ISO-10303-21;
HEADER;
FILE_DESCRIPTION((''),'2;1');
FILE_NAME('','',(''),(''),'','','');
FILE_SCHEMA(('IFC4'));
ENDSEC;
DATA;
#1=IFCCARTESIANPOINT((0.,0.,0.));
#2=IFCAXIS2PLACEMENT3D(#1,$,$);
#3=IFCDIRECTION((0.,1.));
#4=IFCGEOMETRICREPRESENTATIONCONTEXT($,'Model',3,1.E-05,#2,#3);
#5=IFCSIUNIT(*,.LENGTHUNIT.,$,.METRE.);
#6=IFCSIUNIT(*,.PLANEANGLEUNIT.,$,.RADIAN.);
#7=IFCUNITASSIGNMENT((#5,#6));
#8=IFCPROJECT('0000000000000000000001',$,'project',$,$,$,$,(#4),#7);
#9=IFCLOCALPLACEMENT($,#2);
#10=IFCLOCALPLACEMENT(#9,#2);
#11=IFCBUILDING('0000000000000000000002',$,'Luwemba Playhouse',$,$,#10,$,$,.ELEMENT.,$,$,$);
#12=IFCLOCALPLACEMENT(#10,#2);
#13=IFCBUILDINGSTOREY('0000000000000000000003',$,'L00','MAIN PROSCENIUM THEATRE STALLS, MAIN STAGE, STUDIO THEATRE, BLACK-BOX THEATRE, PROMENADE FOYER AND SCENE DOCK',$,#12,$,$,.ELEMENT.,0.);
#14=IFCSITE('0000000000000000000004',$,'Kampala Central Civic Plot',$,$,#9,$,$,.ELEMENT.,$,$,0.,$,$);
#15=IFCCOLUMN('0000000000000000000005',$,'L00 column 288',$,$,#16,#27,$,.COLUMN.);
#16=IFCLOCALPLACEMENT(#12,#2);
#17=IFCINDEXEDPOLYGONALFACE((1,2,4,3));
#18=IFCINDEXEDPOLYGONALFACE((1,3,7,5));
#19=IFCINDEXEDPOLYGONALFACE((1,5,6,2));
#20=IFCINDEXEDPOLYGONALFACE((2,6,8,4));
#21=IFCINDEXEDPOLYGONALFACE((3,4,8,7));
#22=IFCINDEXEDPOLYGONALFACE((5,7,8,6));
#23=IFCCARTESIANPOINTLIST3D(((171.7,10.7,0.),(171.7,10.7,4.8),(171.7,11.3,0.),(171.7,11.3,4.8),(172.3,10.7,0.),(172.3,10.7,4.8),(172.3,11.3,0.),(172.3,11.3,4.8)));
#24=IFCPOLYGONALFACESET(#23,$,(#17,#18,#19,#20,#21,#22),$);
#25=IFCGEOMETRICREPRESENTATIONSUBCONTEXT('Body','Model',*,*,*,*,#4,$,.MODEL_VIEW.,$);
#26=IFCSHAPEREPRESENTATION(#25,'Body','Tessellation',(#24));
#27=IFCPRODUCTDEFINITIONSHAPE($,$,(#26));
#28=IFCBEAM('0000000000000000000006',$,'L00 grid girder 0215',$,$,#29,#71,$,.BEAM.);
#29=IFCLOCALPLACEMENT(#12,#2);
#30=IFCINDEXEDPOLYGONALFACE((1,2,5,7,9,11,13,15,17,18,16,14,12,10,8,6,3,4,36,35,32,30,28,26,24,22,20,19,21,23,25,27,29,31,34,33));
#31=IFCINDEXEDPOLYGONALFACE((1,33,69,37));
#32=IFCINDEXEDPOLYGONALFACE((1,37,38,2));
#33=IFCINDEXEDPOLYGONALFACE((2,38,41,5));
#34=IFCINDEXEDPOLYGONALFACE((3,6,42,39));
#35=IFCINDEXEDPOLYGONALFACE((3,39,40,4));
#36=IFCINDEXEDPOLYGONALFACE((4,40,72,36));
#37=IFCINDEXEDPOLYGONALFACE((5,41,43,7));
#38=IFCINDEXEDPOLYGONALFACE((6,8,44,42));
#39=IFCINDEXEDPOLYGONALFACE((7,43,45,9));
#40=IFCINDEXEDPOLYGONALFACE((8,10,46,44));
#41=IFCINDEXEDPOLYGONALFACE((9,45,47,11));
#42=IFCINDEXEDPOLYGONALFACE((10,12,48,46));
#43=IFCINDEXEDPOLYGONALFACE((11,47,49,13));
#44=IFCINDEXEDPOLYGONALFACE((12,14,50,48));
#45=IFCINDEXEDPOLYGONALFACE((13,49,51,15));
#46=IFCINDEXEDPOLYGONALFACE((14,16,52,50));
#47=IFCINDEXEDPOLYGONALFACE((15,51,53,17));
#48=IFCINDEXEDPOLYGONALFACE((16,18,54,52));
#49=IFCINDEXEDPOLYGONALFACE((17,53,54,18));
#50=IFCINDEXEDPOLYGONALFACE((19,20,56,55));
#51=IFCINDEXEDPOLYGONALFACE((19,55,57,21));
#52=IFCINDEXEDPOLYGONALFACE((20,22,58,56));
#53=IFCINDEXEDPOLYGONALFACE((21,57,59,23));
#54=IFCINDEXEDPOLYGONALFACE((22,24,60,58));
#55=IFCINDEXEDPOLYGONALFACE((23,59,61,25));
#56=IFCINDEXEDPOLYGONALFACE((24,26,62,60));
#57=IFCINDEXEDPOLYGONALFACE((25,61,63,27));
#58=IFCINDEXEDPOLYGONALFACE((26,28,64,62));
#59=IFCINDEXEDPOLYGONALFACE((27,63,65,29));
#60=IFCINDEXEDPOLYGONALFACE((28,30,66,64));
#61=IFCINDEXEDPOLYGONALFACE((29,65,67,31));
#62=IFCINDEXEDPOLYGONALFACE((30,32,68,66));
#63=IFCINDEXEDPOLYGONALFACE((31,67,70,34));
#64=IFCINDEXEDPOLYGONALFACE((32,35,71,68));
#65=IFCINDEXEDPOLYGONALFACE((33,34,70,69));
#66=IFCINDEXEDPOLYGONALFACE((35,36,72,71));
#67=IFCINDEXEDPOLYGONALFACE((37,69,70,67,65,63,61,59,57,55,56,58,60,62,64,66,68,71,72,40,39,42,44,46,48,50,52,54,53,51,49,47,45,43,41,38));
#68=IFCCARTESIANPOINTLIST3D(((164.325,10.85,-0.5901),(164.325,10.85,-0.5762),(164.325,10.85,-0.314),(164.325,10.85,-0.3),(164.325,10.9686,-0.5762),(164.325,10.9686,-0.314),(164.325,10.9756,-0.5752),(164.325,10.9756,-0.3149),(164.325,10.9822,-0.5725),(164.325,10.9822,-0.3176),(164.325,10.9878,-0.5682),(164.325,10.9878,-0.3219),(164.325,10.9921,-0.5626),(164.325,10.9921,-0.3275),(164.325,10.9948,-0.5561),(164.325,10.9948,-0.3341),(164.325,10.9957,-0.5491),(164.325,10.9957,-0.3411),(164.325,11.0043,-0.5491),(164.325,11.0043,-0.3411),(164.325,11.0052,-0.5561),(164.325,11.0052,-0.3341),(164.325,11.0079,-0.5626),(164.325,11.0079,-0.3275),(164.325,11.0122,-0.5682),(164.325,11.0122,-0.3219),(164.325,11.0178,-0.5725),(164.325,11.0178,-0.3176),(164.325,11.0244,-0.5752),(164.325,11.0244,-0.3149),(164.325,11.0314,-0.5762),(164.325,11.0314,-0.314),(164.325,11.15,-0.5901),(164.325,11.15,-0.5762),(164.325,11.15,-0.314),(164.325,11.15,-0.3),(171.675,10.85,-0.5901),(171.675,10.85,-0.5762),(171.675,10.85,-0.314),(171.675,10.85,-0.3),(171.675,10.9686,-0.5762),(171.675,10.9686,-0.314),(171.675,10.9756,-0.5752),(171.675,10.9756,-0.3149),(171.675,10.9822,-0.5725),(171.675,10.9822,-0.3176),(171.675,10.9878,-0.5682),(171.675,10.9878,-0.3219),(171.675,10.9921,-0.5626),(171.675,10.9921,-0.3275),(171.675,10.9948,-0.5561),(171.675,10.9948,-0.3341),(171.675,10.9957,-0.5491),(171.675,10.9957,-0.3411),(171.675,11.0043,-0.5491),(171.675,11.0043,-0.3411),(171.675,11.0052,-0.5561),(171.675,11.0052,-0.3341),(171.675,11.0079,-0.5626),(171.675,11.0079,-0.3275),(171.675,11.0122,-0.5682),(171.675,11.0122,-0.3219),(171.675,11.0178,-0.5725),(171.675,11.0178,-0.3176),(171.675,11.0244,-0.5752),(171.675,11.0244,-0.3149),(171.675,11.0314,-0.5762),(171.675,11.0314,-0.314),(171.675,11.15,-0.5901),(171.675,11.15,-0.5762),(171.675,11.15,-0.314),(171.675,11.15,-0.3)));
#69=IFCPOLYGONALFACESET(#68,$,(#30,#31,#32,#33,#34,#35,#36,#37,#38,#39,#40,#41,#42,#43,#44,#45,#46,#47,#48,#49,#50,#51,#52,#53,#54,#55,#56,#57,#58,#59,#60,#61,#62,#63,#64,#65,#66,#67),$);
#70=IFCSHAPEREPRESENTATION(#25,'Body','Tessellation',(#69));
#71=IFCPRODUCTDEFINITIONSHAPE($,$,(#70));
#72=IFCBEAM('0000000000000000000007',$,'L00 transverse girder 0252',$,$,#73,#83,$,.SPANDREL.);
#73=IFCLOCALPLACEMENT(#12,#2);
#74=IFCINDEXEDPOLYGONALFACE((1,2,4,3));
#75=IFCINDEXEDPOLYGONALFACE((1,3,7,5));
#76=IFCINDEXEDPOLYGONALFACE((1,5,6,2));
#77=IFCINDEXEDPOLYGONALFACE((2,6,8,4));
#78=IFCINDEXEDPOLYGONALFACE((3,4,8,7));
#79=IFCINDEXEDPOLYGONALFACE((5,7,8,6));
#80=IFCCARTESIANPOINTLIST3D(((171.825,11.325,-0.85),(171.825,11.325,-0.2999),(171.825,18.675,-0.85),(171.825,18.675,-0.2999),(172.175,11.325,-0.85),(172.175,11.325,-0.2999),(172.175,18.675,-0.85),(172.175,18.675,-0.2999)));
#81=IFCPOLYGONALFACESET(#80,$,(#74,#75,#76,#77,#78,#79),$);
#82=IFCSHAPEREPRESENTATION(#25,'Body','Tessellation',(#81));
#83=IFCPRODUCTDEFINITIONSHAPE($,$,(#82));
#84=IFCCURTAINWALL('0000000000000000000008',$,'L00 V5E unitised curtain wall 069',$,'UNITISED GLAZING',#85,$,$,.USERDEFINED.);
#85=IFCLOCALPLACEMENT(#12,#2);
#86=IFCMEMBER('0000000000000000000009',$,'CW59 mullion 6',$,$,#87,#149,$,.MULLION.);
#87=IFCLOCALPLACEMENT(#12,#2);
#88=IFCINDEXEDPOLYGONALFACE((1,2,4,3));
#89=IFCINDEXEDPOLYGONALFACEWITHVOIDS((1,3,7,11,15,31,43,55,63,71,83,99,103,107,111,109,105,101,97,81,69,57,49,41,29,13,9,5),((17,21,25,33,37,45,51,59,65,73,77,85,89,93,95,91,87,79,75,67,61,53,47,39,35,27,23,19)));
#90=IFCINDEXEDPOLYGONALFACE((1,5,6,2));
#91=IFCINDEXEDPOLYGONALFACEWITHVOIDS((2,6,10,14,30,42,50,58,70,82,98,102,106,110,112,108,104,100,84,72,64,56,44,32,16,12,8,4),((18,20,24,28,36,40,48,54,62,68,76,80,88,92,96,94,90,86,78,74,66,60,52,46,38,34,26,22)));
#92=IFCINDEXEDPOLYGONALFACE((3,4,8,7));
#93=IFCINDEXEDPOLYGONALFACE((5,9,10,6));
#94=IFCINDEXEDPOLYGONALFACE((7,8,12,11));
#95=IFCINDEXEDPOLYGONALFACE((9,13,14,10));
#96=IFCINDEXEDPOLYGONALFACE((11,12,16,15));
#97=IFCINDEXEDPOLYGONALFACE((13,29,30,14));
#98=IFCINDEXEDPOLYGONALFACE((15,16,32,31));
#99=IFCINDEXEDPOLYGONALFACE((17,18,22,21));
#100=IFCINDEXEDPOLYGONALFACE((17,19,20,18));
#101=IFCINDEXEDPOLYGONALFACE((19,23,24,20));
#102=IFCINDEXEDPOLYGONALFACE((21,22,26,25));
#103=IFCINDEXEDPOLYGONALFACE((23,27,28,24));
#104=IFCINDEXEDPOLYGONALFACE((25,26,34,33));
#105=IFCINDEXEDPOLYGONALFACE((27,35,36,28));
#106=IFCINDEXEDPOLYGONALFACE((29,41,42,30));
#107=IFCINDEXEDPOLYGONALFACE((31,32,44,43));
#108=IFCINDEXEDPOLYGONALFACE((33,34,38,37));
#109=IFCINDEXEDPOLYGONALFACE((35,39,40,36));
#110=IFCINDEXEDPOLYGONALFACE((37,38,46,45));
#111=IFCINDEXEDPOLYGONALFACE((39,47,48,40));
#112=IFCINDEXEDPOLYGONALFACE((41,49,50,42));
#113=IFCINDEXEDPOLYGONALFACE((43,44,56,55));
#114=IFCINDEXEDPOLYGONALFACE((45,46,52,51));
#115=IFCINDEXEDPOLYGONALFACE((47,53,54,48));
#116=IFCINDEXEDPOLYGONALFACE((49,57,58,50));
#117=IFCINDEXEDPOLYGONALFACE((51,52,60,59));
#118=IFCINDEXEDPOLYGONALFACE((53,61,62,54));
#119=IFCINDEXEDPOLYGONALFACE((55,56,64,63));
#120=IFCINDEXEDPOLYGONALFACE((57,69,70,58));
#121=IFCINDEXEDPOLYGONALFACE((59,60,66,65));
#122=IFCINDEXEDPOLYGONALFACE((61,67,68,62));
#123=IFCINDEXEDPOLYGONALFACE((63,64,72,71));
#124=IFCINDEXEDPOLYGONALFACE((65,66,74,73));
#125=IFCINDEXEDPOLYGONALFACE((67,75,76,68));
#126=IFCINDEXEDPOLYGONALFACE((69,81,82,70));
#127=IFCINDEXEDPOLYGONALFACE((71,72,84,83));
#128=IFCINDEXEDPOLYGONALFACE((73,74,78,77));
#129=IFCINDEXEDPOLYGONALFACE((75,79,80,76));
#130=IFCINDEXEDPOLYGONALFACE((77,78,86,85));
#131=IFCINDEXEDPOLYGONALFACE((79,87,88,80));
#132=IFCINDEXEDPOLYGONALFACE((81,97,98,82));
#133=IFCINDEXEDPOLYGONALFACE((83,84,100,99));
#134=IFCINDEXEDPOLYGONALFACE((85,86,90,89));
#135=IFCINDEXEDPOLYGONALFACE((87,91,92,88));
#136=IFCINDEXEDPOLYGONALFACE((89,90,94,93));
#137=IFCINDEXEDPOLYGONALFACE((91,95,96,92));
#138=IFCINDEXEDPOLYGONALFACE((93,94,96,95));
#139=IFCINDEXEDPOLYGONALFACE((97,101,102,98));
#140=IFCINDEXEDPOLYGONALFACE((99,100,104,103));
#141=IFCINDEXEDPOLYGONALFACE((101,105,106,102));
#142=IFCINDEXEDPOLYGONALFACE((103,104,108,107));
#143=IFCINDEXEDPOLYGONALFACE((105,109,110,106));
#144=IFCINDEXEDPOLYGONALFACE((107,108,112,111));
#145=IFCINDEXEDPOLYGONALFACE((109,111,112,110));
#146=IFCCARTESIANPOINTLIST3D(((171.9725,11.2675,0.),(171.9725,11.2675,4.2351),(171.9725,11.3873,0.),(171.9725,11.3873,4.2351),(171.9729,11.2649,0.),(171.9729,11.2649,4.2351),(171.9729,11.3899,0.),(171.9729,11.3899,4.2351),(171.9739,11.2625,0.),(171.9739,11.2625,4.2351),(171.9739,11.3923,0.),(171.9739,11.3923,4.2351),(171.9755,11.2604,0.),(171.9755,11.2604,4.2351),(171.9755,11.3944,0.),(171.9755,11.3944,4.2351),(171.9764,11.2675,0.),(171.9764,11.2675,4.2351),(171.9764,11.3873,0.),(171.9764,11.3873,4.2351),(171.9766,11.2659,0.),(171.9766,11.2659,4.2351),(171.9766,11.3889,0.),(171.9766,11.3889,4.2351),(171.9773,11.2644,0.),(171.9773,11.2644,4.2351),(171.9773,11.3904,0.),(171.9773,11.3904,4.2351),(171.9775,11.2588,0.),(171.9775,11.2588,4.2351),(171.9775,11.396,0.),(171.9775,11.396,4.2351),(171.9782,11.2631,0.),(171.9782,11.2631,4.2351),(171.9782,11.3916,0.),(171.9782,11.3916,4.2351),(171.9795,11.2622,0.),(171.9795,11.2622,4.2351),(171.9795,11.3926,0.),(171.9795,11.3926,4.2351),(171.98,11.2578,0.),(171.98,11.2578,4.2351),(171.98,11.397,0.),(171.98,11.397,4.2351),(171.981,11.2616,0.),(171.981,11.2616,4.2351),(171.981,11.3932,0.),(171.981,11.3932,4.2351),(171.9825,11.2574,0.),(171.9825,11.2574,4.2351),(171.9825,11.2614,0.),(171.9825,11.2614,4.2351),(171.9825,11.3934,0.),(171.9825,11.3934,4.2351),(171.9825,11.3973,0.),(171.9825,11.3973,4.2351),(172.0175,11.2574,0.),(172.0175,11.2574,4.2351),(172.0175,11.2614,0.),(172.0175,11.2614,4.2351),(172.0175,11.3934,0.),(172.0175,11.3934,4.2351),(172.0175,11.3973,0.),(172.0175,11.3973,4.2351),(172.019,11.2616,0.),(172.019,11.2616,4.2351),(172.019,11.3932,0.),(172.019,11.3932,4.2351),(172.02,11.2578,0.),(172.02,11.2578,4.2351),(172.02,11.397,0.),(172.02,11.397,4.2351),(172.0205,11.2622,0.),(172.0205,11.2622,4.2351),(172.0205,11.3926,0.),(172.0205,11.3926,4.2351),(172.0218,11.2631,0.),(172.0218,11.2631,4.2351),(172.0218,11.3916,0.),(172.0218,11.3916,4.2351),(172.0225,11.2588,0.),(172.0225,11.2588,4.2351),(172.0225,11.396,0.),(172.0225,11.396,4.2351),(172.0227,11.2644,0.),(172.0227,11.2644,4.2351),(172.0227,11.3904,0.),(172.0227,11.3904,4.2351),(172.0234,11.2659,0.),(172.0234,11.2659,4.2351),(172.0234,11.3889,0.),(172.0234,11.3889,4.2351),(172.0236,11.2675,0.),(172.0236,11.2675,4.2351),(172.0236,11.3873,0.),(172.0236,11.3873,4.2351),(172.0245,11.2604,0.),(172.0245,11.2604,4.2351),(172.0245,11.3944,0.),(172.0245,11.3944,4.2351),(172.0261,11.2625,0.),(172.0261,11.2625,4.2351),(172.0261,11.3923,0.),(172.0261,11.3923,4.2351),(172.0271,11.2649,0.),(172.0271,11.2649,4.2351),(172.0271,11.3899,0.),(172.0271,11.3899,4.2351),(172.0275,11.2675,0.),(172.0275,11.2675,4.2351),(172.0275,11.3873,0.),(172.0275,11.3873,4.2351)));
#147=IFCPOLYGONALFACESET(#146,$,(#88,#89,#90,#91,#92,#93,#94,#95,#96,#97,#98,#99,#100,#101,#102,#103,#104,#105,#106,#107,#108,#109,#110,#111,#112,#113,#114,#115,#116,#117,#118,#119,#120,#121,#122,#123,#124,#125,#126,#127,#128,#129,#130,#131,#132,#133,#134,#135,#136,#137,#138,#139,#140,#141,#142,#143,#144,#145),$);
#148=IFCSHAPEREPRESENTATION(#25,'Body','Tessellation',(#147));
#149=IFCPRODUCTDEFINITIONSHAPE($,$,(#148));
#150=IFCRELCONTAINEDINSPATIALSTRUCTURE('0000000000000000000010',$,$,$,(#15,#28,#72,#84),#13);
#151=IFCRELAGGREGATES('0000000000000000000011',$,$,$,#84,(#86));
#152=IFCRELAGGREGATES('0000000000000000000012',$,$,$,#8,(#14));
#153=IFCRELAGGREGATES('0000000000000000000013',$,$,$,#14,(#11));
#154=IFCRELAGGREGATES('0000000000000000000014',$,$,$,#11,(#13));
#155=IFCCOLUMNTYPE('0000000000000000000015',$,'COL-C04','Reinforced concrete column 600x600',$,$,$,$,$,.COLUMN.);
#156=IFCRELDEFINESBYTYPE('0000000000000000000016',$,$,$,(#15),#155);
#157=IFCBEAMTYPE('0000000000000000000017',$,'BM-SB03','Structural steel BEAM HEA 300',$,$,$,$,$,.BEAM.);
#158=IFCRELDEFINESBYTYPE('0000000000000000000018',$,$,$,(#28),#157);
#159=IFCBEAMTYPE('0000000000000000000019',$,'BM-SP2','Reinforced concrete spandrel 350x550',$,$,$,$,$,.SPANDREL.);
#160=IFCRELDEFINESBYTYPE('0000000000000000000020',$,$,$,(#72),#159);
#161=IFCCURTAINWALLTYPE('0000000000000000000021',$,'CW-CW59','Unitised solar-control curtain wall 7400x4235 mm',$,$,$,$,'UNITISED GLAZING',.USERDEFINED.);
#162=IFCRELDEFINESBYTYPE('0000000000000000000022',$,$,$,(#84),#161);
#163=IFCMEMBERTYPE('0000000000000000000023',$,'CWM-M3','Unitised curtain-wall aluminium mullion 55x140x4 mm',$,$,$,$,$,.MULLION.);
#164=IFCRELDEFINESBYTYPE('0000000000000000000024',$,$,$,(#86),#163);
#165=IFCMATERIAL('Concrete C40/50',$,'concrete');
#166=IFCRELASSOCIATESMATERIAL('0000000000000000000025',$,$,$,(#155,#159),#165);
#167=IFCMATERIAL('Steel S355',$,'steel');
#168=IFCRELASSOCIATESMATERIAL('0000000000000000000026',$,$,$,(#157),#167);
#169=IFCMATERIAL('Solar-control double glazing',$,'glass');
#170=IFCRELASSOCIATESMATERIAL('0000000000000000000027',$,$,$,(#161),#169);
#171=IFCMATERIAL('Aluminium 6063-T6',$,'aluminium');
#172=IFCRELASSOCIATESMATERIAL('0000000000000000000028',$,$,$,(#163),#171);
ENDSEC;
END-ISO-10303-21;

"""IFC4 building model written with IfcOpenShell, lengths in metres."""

from ifc_helpers import new_model, si_unit, direction, frame, origin, origin_2d, place, context, subcontext, project, spatial, rectangle, hollow_rectangle, i_section, extrude, material, material_profile, profile_set, type_object, element, aggregate, save


model = new_model("IFC4")

# Units and contexts
model_context = context("Model", 3, precision=1e-05, world=origin(), true_north=direction((0.0, 1.0)))
body_context = subcontext(model_context, "Body", "Model", "MODEL_VIEW")
ifc_project = project(units=[si_unit("LENGTHUNIT", "METRE"), si_unit("PLANEANGLEUNIT", "RADIAN")], contexts=[model_context])

# Site, building, storey
site_placement = place(None, origin())
site = spatial("IfcSite", under=ifc_project, at=site_placement, Name="Kampala Central Civic Plot", CompositionType="ELEMENT", RefElevation=0.0)
building_placement = place(site_placement, origin())
building = spatial("IfcBuilding", under=site, at=building_placement, Name="Luwemba Playhouse", CompositionType="ELEMENT")
storey_placement = place(building_placement, origin())
storey = spatial("IfcBuildingStorey", under=building, at=storey_placement, Name="L00", Description="MAIN PROSCENIUM THEATRE STALLS, MAIN STAGE, STUDIO THEATRE, BLACK-BOX THEATRE, PROMENADE FOYER AND SCENE DOCK", CompositionType="ELEMENT", Elevation=0.0)

# Column
ifc_material_1 = material(Name="Concrete C40/50", Category="concrete")
ifc_material_profile_1 = material_profile(ifc_material_1, rectangle(XDim=0.6001, YDim=0.6001, at=origin_2d()))
ifc_profile_set_1 = profile_set([ifc_material_profile_1], Name="Concrete C40/50")
column_type = type_object("IfcColumnType", Name="COL-C04", Description="Reinforced concrete column 600x600", PredefinedType="COLUMN", material=ifc_profile_set_1)
column_placement = place(storey_placement, frame((172.0, 11.0, 0.0), z_axis=(0.0, 0.0, 1.0), x_axis=(1.0, 0.0, 0.0)))
element("IfcColumn", 1, at=column_placement, inside=storey, type_object=column_type, Name="L00 column 288", PredefinedType="COLUMN", context=body_context, shape_type="SweptSolid", body=[
    extrude(rectangle(XDim=0.6001, YDim=0.6001, at=origin_2d()), origin(), (0.0, 0.0, 1.0), 4.8),
])

# Beams
ifc_material_2 = material(Name="Steel S355", Category="steel")
ifc_material_profile_2 = material_profile(ifc_material_2, i_section(OverallWidth=0.3, OverallDepth=0.29, WebThickness=0.0085, FlangeThickness=0.0139, FilletRadius=0.0271, at=origin_2d()))
ifc_profile_set_2 = profile_set([ifc_material_profile_2], Name="Steel S355")
beam_type_1 = type_object("IfcBeamType", Name="BM-SB03", Description="Structural steel BEAM HEA 300", PredefinedType="BEAM", material=ifc_profile_set_2)
beam_1_placement = place(storey_placement, frame((164.325, 11.0, -0.4451), z_axis=(1.0, 0.0, 0.0), x_axis=(0.0, 1.0, 0.0)))
element("IfcBeam", 2, at=beam_1_placement, inside=storey, type_object=beam_type_1, Name="L00 grid girder 0215", PredefinedType="BEAM", context=body_context, shape_type="SweptSolid", body=[
    extrude(i_section(OverallWidth=0.3, OverallDepth=0.29, WebThickness=0.0085, FlangeThickness=0.0139, FilletRadius=0.0271, at=origin_2d()), origin(), (0.0, 0.0, 1.0), 7.3501),
])
ifc_material_profile_3 = material_profile(ifc_material_1, rectangle(XDim=0.3501, YDim=0.55, at=origin_2d()))
ifc_profile_set_3 = profile_set([ifc_material_profile_3], Name="Concrete C40/50")
beam_type_2 = type_object("IfcBeamType", Name="BM-SP2", Description="Reinforced concrete spandrel 350x550", PredefinedType="SPANDREL", material=ifc_profile_set_3)
beam_2_placement = place(storey_placement, frame((172.0, 11.325, -0.575), z_axis=(0.0, 1.0, 0.0), x_axis=(-1.0, 0.0, 0.0)))
element("IfcBeam", 3, at=beam_2_placement, inside=storey, type_object=beam_type_2, Name="L00 transverse girder 0252", PredefinedType="SPANDREL", context=body_context, shape_type="SweptSolid", body=[
    extrude(rectangle(XDim=0.3501, YDim=0.55, at=origin_2d()), origin(), (0.0, 0.0, 1.0), 7.3501),
])

# Curtain wall, member
ifc_material_3 = material(Name="Solar-control double glazing", Category="glass")
curtain_wall_type_1 = type_object("IfcCurtainWallType", Name="CW-CW59", Description="Unitised solar-control curtain wall 7400x4235 mm", ElementType="UNITISED GLAZING", PredefinedType="USERDEFINED", material=ifc_material_3)
curtain_wall_1_placement = place(storey_placement, origin())
curtain_wall_1 = element("IfcCurtainWall", 4, at=curtain_wall_1_placement, inside=storey, type_object=curtain_wall_type_1, Name="L00 V5E unitised curtain wall 069", ObjectType="UNITISED GLAZING", PredefinedType="USERDEFINED")
ifc_material_4 = material(Name="Aluminium 6063-T6", Category="aluminium")
ifc_material_profile_4 = material_profile(ifc_material_4, hollow_rectangle(XDim=0.0549, YDim=0.1399, WallThickness=0.0039, InnerFilletRadius=0.0061, OuterFilletRadius=0.01, at=origin_2d()))
ifc_profile_set_4 = profile_set([ifc_material_profile_4], Name="Aluminium 6063-T6")
member_type_1 = type_object("IfcMemberType", Name="CWM-M3", Description="Unitised curtain-wall aluminium mullion 55x140x4 mm", PredefinedType="MULLION", material=ifc_profile_set_4)
member_1_placement = place(storey_placement, frame((172.0, 11.3274, 0.0), z_axis=(0.0, 0.0, 1.0), x_axis=(1.0, 0.0, 0.0)))
member_1 = element("IfcMember", 5, at=member_1_placement, type_object=member_type_1, Name="CW59 mullion 6", PredefinedType="MULLION", context=body_context, shape_type="SweptSolid", body=[
    extrude(hollow_rectangle(XDim=0.0549, YDim=0.1399, WallThickness=0.0039, InnerFilletRadius=0.0061, OuterFilletRadius=0.01, at=origin_2d()), origin(), (0.0, 0.0, 1.0), 4.2351),
])

aggregate(curtain_wall_1, [member_1])

save(model, "model.ifc")
